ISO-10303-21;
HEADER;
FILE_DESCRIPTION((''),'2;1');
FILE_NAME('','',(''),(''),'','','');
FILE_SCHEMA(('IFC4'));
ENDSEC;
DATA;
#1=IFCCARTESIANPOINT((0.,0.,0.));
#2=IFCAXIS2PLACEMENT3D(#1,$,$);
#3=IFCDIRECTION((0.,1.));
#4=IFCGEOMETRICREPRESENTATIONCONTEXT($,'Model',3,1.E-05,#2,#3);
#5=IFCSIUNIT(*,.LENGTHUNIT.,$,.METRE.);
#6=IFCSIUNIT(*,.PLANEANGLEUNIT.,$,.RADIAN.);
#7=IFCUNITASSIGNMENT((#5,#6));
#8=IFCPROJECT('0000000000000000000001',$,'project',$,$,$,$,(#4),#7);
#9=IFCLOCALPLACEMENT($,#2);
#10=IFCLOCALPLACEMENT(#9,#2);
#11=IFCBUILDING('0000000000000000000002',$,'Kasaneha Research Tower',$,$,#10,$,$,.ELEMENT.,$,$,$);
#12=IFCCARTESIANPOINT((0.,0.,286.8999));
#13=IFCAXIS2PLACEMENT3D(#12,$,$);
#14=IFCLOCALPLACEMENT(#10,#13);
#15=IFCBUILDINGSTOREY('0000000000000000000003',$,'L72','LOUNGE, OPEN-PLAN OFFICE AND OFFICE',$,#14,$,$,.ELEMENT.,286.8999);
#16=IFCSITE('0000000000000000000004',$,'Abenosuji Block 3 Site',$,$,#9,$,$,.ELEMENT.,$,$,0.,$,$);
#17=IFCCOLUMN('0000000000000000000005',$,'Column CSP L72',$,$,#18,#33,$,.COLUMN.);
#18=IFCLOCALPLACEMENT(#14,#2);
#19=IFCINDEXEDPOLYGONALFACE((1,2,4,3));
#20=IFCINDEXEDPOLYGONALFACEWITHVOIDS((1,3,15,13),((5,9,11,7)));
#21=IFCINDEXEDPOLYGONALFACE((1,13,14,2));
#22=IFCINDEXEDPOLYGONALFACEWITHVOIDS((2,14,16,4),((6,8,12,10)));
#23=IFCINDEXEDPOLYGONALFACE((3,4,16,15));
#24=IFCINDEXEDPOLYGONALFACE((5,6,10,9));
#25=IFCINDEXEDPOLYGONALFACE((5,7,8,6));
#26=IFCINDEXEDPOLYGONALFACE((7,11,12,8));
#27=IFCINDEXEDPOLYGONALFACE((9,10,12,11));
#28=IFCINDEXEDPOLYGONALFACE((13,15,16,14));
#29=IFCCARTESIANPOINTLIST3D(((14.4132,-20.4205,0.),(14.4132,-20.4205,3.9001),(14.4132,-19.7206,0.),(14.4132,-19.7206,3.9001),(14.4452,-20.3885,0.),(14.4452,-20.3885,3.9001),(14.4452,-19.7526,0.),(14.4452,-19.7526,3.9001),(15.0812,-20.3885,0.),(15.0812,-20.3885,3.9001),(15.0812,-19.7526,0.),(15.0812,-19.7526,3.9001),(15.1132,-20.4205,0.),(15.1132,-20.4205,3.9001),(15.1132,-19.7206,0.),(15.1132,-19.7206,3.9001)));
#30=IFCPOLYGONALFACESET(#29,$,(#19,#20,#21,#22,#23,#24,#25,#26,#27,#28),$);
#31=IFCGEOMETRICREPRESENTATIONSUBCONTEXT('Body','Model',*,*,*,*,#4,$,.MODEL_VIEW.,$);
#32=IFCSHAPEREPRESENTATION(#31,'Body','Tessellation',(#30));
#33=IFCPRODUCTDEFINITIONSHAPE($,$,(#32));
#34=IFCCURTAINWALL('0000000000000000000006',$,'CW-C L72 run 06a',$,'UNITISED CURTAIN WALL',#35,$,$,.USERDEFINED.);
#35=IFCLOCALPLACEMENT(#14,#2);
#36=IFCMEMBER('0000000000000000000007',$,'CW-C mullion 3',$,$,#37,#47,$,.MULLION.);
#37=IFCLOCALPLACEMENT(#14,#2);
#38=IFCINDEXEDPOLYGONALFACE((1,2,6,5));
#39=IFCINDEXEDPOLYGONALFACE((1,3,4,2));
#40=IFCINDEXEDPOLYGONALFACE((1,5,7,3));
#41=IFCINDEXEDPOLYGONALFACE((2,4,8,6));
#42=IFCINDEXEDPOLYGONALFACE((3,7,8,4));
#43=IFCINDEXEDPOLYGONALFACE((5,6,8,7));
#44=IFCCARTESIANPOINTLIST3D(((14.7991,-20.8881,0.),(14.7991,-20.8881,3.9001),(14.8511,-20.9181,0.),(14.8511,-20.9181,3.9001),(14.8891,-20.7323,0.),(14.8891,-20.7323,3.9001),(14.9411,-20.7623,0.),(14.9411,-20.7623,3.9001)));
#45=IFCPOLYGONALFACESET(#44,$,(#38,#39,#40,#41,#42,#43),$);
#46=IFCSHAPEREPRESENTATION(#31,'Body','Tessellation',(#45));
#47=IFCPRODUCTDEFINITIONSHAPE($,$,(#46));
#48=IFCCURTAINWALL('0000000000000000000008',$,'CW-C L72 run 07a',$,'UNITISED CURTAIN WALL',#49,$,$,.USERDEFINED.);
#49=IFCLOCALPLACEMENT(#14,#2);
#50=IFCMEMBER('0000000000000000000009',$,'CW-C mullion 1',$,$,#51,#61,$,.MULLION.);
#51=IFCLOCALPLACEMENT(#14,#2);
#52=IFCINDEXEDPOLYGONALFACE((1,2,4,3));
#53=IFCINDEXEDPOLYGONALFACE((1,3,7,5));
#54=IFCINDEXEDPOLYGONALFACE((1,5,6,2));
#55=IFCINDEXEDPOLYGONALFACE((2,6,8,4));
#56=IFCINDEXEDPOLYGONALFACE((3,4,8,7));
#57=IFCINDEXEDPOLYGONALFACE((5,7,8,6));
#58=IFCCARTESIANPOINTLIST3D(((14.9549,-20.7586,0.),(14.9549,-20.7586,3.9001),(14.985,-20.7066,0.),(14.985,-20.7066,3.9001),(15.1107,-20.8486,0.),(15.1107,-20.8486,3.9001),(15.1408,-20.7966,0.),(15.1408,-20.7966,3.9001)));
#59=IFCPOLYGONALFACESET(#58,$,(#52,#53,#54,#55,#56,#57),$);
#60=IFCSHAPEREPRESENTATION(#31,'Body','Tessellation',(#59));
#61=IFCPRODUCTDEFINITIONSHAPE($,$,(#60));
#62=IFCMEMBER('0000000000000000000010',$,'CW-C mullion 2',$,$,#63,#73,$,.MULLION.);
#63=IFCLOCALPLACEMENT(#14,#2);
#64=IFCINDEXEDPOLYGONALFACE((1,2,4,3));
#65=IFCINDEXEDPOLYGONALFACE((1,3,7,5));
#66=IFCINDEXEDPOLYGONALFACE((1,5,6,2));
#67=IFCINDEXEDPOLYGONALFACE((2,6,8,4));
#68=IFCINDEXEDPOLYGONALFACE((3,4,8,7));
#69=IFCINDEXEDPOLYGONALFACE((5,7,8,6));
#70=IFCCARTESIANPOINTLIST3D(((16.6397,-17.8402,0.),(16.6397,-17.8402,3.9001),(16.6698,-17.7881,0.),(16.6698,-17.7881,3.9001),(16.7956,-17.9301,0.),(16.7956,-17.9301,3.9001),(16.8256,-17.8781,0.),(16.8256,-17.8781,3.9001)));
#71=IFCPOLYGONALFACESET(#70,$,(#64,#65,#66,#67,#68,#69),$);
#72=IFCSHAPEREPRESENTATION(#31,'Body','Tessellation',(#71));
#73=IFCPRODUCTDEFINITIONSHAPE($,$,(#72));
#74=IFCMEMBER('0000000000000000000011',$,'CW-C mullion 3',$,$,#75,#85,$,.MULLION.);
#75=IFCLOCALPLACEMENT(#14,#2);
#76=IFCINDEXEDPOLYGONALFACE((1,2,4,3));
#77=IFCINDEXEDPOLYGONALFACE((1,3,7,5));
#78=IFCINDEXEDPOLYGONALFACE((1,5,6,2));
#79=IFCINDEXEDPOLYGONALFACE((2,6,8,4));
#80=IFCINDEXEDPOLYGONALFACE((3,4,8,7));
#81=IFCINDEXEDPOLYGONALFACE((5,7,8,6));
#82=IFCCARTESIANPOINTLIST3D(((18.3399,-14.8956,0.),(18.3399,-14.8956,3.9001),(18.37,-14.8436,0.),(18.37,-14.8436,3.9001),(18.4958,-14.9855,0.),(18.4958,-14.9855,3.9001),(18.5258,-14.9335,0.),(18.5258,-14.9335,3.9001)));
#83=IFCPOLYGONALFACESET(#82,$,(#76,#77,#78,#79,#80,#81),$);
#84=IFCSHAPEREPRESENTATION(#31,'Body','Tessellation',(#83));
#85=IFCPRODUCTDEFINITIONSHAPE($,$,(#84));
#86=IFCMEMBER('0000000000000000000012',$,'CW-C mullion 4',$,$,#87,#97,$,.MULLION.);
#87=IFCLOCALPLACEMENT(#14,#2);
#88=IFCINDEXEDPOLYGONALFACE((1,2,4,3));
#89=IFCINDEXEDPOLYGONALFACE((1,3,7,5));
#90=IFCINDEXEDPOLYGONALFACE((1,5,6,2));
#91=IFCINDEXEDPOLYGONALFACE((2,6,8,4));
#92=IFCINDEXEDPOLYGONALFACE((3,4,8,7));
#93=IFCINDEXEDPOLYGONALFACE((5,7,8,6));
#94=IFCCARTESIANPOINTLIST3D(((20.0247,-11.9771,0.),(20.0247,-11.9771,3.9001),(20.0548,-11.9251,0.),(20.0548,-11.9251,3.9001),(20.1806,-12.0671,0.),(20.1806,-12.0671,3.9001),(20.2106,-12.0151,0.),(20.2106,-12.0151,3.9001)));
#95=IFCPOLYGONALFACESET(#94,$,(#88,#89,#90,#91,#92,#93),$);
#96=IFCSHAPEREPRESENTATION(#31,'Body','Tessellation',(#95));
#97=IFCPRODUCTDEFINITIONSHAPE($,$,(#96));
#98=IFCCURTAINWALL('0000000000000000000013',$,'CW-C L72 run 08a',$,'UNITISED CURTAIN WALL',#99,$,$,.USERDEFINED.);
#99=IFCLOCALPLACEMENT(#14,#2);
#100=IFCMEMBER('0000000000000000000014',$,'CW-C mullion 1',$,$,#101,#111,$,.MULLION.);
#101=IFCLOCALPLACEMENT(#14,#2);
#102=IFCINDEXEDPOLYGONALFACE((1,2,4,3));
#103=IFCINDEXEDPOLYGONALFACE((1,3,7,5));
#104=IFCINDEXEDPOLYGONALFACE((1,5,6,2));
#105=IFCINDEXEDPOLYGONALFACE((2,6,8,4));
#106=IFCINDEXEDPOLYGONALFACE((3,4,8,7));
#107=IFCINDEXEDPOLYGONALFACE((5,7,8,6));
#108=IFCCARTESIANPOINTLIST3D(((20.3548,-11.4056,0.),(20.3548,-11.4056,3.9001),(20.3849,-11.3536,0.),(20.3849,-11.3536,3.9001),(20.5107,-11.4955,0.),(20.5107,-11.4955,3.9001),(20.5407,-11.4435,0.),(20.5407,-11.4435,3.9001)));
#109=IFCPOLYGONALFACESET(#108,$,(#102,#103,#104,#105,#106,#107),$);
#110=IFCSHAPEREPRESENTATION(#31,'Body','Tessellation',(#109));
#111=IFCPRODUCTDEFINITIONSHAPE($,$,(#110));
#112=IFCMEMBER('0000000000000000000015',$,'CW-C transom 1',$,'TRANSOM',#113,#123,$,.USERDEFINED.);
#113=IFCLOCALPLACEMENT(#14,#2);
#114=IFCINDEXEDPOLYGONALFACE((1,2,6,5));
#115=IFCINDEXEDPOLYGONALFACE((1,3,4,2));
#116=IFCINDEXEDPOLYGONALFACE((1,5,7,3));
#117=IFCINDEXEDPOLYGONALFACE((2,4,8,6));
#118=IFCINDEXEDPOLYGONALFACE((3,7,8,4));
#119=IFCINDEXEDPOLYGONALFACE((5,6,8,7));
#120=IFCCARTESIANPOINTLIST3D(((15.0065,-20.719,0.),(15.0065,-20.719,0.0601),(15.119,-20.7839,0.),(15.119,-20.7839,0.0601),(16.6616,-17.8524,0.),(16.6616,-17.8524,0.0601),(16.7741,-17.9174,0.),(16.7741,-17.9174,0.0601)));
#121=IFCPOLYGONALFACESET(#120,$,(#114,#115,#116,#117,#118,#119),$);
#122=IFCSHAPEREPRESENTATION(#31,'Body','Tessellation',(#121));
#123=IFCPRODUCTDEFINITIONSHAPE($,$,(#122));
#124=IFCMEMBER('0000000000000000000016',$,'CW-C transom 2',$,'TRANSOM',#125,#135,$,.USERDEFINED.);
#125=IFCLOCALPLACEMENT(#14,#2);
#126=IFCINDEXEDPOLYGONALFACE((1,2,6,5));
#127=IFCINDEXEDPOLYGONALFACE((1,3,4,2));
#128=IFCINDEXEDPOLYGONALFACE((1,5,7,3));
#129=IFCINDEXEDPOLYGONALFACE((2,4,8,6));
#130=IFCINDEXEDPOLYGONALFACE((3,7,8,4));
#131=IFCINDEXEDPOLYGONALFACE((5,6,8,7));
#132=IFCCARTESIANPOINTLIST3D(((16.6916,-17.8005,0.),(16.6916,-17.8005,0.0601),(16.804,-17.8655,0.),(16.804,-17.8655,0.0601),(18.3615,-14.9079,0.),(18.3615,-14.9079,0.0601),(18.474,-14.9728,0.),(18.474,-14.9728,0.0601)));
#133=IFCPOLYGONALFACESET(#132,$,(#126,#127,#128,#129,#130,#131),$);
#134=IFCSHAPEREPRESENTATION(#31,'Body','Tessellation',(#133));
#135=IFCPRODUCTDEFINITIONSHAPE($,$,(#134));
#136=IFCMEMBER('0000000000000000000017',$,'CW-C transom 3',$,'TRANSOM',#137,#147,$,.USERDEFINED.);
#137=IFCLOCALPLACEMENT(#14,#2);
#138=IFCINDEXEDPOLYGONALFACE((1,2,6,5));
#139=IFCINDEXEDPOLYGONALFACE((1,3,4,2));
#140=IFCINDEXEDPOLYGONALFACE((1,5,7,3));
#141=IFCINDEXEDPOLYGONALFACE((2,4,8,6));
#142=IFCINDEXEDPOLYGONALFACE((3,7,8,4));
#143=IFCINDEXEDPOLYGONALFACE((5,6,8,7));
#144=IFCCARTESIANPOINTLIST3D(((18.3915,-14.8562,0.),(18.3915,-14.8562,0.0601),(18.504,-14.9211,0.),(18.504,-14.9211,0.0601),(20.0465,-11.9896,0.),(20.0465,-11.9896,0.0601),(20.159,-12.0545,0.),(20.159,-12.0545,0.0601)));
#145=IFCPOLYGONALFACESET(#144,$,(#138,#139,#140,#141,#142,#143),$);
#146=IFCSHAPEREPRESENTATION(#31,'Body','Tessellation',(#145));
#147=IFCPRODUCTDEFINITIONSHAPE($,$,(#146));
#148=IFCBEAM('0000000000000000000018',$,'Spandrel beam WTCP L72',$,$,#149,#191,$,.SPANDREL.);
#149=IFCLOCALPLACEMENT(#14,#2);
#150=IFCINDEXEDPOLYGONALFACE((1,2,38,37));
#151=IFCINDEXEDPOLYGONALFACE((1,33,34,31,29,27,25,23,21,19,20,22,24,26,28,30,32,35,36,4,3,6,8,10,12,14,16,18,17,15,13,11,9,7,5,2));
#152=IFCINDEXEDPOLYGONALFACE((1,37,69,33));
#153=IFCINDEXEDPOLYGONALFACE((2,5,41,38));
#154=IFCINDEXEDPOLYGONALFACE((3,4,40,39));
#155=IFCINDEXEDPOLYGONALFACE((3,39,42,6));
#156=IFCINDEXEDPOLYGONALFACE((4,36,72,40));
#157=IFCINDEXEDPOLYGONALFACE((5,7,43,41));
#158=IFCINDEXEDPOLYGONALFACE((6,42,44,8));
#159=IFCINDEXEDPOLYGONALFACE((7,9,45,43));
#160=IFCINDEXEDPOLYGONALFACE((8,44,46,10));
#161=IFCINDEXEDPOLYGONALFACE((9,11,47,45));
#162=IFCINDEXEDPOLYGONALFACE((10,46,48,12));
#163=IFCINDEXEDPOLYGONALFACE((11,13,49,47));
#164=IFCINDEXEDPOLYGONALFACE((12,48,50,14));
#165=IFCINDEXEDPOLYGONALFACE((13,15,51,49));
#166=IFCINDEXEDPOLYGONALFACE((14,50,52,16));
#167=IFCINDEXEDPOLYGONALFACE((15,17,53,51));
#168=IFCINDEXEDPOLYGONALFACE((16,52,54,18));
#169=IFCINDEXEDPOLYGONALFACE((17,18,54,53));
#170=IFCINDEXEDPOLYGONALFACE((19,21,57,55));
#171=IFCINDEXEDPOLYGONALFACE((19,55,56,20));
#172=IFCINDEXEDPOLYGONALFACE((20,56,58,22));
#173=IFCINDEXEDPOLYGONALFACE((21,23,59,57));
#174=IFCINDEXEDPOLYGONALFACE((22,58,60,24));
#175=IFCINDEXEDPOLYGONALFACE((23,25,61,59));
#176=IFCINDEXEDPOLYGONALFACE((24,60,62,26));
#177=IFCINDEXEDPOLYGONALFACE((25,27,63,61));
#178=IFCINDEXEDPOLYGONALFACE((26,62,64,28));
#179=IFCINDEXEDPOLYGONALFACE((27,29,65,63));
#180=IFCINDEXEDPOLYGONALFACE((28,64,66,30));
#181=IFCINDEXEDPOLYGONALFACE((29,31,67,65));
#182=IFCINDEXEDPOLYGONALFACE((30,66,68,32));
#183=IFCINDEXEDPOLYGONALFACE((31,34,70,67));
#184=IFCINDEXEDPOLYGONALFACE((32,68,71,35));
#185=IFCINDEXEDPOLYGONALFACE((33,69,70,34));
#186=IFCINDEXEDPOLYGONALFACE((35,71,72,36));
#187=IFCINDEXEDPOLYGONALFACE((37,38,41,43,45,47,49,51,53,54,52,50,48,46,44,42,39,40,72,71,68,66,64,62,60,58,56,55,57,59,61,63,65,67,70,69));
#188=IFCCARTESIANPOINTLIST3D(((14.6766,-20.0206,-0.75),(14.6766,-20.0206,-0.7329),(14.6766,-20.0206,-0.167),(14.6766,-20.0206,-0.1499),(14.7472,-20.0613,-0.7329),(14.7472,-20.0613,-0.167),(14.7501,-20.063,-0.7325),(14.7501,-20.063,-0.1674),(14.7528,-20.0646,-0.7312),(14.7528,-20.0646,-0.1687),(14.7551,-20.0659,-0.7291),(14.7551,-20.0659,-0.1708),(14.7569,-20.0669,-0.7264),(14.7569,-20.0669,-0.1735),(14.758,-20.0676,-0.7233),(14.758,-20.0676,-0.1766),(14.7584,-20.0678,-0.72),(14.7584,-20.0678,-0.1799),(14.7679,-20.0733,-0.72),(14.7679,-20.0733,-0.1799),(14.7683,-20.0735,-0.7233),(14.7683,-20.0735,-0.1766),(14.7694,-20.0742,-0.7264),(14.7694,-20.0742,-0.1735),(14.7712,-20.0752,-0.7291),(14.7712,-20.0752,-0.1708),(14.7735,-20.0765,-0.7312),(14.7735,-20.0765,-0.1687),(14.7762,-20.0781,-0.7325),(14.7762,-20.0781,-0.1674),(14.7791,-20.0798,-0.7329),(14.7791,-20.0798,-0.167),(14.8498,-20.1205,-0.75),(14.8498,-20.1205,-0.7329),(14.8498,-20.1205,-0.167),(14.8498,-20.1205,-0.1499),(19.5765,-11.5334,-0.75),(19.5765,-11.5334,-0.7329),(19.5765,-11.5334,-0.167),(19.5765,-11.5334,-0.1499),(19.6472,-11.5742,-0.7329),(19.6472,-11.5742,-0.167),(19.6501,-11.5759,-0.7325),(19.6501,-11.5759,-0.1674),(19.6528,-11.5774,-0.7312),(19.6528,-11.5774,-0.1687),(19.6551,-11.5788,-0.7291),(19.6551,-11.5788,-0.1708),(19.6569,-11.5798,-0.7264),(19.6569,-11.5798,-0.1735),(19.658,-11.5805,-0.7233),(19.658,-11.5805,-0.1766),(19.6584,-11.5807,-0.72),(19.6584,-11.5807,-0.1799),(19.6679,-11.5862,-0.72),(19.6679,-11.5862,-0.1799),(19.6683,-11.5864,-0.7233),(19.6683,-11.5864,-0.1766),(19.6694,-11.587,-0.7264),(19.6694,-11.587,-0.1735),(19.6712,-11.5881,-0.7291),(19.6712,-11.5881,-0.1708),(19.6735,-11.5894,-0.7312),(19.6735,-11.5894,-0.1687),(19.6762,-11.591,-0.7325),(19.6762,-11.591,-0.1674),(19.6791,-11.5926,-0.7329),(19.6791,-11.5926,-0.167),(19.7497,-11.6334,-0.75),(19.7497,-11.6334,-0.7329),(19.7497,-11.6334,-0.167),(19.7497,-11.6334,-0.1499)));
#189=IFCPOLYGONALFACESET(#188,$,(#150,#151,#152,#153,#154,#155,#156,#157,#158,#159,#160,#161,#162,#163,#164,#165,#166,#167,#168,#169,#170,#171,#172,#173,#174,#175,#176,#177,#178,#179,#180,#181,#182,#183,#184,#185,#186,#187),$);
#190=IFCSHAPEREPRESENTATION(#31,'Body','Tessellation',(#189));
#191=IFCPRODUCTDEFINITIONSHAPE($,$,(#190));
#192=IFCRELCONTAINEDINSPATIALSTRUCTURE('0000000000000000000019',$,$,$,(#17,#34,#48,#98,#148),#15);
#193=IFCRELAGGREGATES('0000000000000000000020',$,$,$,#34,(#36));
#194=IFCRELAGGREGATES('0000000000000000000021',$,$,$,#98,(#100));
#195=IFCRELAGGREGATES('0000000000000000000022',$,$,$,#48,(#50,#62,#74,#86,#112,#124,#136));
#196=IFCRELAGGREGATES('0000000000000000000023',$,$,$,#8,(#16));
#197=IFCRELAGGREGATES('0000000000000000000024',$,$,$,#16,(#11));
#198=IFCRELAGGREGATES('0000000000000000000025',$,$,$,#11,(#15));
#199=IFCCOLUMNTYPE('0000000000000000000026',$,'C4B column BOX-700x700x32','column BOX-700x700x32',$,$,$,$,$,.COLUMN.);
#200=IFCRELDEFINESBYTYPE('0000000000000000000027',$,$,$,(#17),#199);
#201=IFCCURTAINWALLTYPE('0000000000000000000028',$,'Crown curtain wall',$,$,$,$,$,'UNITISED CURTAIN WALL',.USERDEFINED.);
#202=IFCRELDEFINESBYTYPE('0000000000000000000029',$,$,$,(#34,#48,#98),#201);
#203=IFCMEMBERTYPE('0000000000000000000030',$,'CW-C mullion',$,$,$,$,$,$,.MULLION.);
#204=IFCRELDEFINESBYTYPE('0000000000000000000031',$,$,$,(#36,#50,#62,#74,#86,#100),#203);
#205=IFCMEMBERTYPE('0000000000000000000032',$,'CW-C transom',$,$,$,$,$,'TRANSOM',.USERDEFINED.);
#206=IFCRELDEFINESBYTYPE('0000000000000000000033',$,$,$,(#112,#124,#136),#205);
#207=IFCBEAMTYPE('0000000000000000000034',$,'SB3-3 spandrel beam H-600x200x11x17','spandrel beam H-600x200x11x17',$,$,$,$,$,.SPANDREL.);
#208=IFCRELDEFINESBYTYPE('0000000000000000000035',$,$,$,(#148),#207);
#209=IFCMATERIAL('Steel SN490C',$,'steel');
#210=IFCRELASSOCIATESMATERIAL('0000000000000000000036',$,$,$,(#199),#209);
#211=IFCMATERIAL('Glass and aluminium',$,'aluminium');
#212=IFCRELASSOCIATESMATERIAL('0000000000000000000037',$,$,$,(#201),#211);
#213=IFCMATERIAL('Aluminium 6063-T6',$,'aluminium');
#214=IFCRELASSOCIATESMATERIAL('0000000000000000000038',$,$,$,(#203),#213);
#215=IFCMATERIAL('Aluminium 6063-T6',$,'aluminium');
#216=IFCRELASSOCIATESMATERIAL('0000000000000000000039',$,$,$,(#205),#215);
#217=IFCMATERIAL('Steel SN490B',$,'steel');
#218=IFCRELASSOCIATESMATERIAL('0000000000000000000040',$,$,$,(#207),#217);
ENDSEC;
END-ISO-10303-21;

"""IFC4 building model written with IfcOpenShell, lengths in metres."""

from ifc_helpers import new_model, si_unit, direction, frame, origin, origin_2d, place, context, subcontext, project, spatial, rectangle, hollow_rectangle, i_section, extrude, material, material_profile, profile_set, type_object, element, aggregate, save


model = new_model("IFC4")

# Units and contexts
model_context = context("Model", 3, precision=1e-05, world=origin(), true_north=direction((0.0, 1.0)))
body_context = subcontext(model_context, "Body", "Model", "MODEL_VIEW")
ifc_project = project(units=[si_unit("LENGTHUNIT", "METRE"), si_unit("PLANEANGLEUNIT", "RADIAN")], contexts=[model_context])

# Site, building, storey
site_placement = place(None, origin())
site = spatial("IfcSite", under=ifc_project, at=site_placement, Name="Abenosuji Block 3 Site", CompositionType="ELEMENT", RefElevation=0.0)
building_placement = place(site_placement, origin())
building = spatial("IfcBuilding", under=site, at=building_placement, Name="Kasaneha Research Tower", CompositionType="ELEMENT")
storey_placement = place(building_placement, frame((0.0, 0.0, 286.8999)))
storey = spatial("IfcBuildingStorey", under=building, at=storey_placement, Name="L72", Description="LOUNGE, OPEN-PLAN OFFICE AND OFFICE", CompositionType="ELEMENT", Elevation=286.8999)

# Column
ifc_material_1 = material(Name="Steel SN490C", Category="steel")
ifc_material_profile_1 = material_profile(ifc_material_1, hollow_rectangle(XDim=0.7, YDim=0.7, WallThickness=0.032, at=origin_2d()), Name="BOX-700x700x32")
ifc_profile_set_1 = profile_set([ifc_material_profile_1], Name="Steel SN490C")
column_type = type_object("IfcColumnType", Name="C4B column BOX-700x700x32", Description="column BOX-700x700x32", PredefinedType="COLUMN", material=ifc_profile_set_1)
column_placement = place(storey_placement, frame((14.7632, -20.0706, 0.0), z_axis=(0.0, 0.0, 1.0), x_axis=(1.0, 0.0, 0.0)))
element("IfcColumn", 1, at=column_placement, inside=storey, type_object=column_type, Name="Column CSP L72", PredefinedType="COLUMN", context=body_context, shape_type="SweptSolid", body=[
    extrude(hollow_rectangle(XDim=0.7, YDim=0.7, WallThickness=0.032, at=origin_2d()), origin(), (0.0, 0.0, 1.0), 3.9001),
])

# Curtain wall, member
ifc_material_2 = material(Name="Glass and aluminium", Category="aluminium")
curtain_wall_type = type_object("IfcCurtainWallType", Name="Crown curtain wall", ElementType="UNITISED CURTAIN WALL", PredefinedType="USERDEFINED", material=ifc_material_2)
curtain_wall_1_placement = place(storey_placement, origin())
curtain_wall_1 = element("IfcCurtainWall", 2, at=curtain_wall_1_placement, inside=storey, type_object=curtain_wall_type, Name="CW-C L72 run 06a", ObjectType="UNITISED CURTAIN WALL", PredefinedType="USERDEFINED")
ifc_material_3 = material(Name="Aluminium 6063-T6", Category="aluminium")
ifc_material_profile_2 = material_profile(ifc_material_3, rectangle(XDim=0.0601, YDim=0.1799, at=origin_2d()), Name="CW-C mullion 60x180")
ifc_profile_set_2 = profile_set([ifc_material_profile_2], Name="Aluminium 6063-T6")
member_type_1 = type_object("IfcMemberType", Name="CW-C mullion", PredefinedType="MULLION", material=ifc_profile_set_2)
member_1_placement = place(storey_placement, frame((14.8701, -20.8252, 0.0), z_axis=(0.0, 0.0, 1.0), x_axis=(0.866025, -0.5, 0.0)))
member_1 = element("IfcMember", 3, at=member_1_placement, type_object=member_type_1, Name="CW-C mullion 3", PredefinedType="MULLION", context=body_context, shape_type="SweptSolid", body=[
    extrude(rectangle(XDim=0.0601, YDim=0.1799, at=origin_2d()), origin(), (0.0, 0.0, 1.0), 3.9001),
])
aggregate(curtain_wall_1, [member_1])

# Curtain wall, members
curtain_wall_2_placement = place(storey_placement, origin())
curtain_wall_2 = element("IfcCurtainWall", 4, at=curtain_wall_2_placement, inside=storey, type_object=curtain_wall_type, Name="CW-C L72 run 07a", ObjectType="UNITISED CURTAIN WALL", PredefinedType="USERDEFINED")
member_2_placement = place(storey_placement, frame((15.0479, -20.7776, 0.0), z_axis=(0.0, 0.0, 1.0), x_axis=(0.5, 0.866025, 0.0)))
member_2 = element("IfcMember", 5, at=member_2_placement, type_object=member_type_1, Name="CW-C mullion 1", PredefinedType="MULLION", context=body_context, shape_type="SweptSolid", body=[
    extrude(rectangle(XDim=0.0601, YDim=0.1799, at=origin_2d()), origin(), (0.0, 0.0, 1.0), 3.9001),
])
member_3_placement = place(storey_placement, frame((16.7327, -17.8591, 0.0), z_axis=(0.0, 0.0, 1.0), x_axis=(0.5, 0.866025, 0.0)))
member_3 = element("IfcMember", 6, at=member_3_placement, type_object=member_type_1, Name="CW-C mullion 2", PredefinedType="MULLION", context=body_context, shape_type="SweptSolid", body=[
    extrude(rectangle(XDim=0.0601, YDim=0.1799, at=origin_2d()), origin(), (0.0, 0.0, 1.0), 3.9001),
])
member_4_placement = place(storey_placement, frame((18.4329, -14.9146, 0.0), z_axis=(0.0, 0.0, 1.0), x_axis=(0.5, 0.866025, 0.0)))
member_4 = element("IfcMember", 7, at=member_4_placement, type_object=member_type_1, Name="CW-C mullion 3", PredefinedType="MULLION", context=body_context, shape_type="SweptSolid", body=[
    extrude(rectangle(XDim=0.0601, YDim=0.1799, at=origin_2d()), origin(), (0.0, 0.0, 1.0), 3.9001),
])
member_5_placement = place(storey_placement, frame((20.1177, -11.9961, 0.0), z_axis=(0.0, 0.0, 1.0), x_axis=(0.5, 0.866025, 0.0)))
member_5 = element("IfcMember", 8, at=member_5_placement, type_object=member_type_1, Name="CW-C mullion 4", PredefinedType="MULLION", context=body_context, shape_type="SweptSolid", body=[
    extrude(rectangle(XDim=0.0601, YDim=0.1799, at=origin_2d()), origin(), (0.0, 0.0, 1.0), 3.9001),
])

# Curtain wall, member
curtain_wall_3_placement = place(storey_placement, origin())
curtain_wall_3 = element("IfcCurtainWall", 9, at=curtain_wall_3_placement, inside=storey, type_object=curtain_wall_type, Name="CW-C L72 run 08a", ObjectType="UNITISED CURTAIN WALL", PredefinedType="USERDEFINED")
member_6_placement = place(storey_placement, frame((20.4478, -11.4246, 0.0), z_axis=(0.0, 0.0, 1.0), x_axis=(0.5, 0.866025, 0.0)))
member_6 = element("IfcMember", 10, at=member_6_placement, type_object=member_type_1, Name="CW-C mullion 1", PredefinedType="MULLION", context=body_context, shape_type="SweptSolid", body=[
    extrude(rectangle(XDim=0.0601, YDim=0.1799, at=origin_2d()), origin(), (0.0, 0.0, 1.0), 3.9001),
])
aggregate(curtain_wall_3, [member_6])

# Members
ifc_material_4 = material(Name="Aluminium 6063-T6", Category="aluminium")
ifc_material_profile_3 = material_profile(ifc_material_4, rectangle(XDim=0.1299, YDim=0.0601, at=origin_2d()), Name="CW-C transom 130x60")
ifc_profile_set_3 = profile_set([ifc_material_profile_3], Name="Aluminium 6063-T6")
member_type_2 = type_object("IfcMemberType", Name="CW-C transom", ElementType="TRANSOM", PredefinedType="USERDEFINED", material=ifc_profile_set_3)
member_7_placement = place(storey_placement, frame((15.0627, -20.7515, 0.03), z_axis=(0.500018, 0.866015, 0.0), x_axis=(-0.866015, 0.500018, 0.0)))
member_7 = element("IfcMember", 11, at=member_7_placement, type_object=member_type_2, Name="CW-C transom 1", ObjectType="TRANSOM", PredefinedType="USERDEFINED", context=body_context, shape_type="SweptSolid", body=[
    extrude(rectangle(XDim=0.1299, YDim=0.0601, at=origin_2d()), origin(), (0.0, 0.0, 1.0), 3.3101),
])
member_8_placement = place(storey_placement, frame((16.7478, -17.833, 0.03), z_axis=(0.499976, 0.86604, 0.0), x_axis=(-0.86604, 0.499976, 0.0)))
member_8 = element("IfcMember", 12, at=member_8_placement, type_object=member_type_2, Name="CW-C transom 2", ObjectType="TRANSOM", PredefinedType="USERDEFINED", context=body_context, shape_type="SweptSolid", body=[
    extrude(rectangle(XDim=0.1299, YDim=0.0601, at=origin_2d()), origin(), (0.0, 0.0, 1.0), 3.3401),
])
member_9_placement = place(storey_placement, frame((18.4478, -14.8887, 0.03), z_axis=(0.499986, 0.866033, 0.0), x_axis=(-0.866033, 0.499986, 0.0)))
member_9 = element("IfcMember", 13, at=member_9_placement, type_object=member_type_2, Name="CW-C transom 3", ObjectType="TRANSOM", PredefinedType="USERDEFINED", context=body_context, shape_type="SweptSolid", body=[
    extrude(rectangle(XDim=0.1299, YDim=0.0601, at=origin_2d()), origin(), (0.0, 0.0, 1.0), 3.3101),
])

# Beam
ifc_material_5 = material(Name="Steel SN490B", Category="steel")
ifc_material_profile_4 = material_profile(ifc_material_5, i_section(OverallWidth=0.2, OverallDepth=0.6001, WebThickness=0.011, FlangeThickness=0.0171, FilletRadius=0.0129, at=origin_2d()), Name="H-600x200x11x17")
ifc_profile_set_4 = profile_set([ifc_material_profile_4], Name="Steel SN490B")
beam_type = type_object("IfcBeamType", Name="SB3-3 spandrel beam H-600x200x11x17", Description="spandrel beam H-600x200x11x17", PredefinedType="SPANDREL", material=ifc_profile_set_4)
beam_placement = place(storey_placement, frame((14.7632, -20.0706, -0.45), z_axis=(0.499992, 0.86603, 0.0), x_axis=(-0.86603, 0.499992, 0.0)))
element("IfcBeam", 14, at=beam_placement, inside=storey, type_object=beam_type, Name="Spandrel beam WTCP L72", PredefinedType="SPANDREL", context=body_context, shape_type="SweptSolid", body=[
    extrude(i_section(OverallWidth=0.2, OverallDepth=0.6001, WebThickness=0.011, FlangeThickness=0.0171, FilletRadius=0.0129, at=origin_2d()), origin(), (0.0, 0.0, 1.0), 9.8),
])

aggregate(curtain_wall_2, [member_2, member_3, member_4, member_5, member_7, member_8, member_9])

save(model, "model.ifc")
